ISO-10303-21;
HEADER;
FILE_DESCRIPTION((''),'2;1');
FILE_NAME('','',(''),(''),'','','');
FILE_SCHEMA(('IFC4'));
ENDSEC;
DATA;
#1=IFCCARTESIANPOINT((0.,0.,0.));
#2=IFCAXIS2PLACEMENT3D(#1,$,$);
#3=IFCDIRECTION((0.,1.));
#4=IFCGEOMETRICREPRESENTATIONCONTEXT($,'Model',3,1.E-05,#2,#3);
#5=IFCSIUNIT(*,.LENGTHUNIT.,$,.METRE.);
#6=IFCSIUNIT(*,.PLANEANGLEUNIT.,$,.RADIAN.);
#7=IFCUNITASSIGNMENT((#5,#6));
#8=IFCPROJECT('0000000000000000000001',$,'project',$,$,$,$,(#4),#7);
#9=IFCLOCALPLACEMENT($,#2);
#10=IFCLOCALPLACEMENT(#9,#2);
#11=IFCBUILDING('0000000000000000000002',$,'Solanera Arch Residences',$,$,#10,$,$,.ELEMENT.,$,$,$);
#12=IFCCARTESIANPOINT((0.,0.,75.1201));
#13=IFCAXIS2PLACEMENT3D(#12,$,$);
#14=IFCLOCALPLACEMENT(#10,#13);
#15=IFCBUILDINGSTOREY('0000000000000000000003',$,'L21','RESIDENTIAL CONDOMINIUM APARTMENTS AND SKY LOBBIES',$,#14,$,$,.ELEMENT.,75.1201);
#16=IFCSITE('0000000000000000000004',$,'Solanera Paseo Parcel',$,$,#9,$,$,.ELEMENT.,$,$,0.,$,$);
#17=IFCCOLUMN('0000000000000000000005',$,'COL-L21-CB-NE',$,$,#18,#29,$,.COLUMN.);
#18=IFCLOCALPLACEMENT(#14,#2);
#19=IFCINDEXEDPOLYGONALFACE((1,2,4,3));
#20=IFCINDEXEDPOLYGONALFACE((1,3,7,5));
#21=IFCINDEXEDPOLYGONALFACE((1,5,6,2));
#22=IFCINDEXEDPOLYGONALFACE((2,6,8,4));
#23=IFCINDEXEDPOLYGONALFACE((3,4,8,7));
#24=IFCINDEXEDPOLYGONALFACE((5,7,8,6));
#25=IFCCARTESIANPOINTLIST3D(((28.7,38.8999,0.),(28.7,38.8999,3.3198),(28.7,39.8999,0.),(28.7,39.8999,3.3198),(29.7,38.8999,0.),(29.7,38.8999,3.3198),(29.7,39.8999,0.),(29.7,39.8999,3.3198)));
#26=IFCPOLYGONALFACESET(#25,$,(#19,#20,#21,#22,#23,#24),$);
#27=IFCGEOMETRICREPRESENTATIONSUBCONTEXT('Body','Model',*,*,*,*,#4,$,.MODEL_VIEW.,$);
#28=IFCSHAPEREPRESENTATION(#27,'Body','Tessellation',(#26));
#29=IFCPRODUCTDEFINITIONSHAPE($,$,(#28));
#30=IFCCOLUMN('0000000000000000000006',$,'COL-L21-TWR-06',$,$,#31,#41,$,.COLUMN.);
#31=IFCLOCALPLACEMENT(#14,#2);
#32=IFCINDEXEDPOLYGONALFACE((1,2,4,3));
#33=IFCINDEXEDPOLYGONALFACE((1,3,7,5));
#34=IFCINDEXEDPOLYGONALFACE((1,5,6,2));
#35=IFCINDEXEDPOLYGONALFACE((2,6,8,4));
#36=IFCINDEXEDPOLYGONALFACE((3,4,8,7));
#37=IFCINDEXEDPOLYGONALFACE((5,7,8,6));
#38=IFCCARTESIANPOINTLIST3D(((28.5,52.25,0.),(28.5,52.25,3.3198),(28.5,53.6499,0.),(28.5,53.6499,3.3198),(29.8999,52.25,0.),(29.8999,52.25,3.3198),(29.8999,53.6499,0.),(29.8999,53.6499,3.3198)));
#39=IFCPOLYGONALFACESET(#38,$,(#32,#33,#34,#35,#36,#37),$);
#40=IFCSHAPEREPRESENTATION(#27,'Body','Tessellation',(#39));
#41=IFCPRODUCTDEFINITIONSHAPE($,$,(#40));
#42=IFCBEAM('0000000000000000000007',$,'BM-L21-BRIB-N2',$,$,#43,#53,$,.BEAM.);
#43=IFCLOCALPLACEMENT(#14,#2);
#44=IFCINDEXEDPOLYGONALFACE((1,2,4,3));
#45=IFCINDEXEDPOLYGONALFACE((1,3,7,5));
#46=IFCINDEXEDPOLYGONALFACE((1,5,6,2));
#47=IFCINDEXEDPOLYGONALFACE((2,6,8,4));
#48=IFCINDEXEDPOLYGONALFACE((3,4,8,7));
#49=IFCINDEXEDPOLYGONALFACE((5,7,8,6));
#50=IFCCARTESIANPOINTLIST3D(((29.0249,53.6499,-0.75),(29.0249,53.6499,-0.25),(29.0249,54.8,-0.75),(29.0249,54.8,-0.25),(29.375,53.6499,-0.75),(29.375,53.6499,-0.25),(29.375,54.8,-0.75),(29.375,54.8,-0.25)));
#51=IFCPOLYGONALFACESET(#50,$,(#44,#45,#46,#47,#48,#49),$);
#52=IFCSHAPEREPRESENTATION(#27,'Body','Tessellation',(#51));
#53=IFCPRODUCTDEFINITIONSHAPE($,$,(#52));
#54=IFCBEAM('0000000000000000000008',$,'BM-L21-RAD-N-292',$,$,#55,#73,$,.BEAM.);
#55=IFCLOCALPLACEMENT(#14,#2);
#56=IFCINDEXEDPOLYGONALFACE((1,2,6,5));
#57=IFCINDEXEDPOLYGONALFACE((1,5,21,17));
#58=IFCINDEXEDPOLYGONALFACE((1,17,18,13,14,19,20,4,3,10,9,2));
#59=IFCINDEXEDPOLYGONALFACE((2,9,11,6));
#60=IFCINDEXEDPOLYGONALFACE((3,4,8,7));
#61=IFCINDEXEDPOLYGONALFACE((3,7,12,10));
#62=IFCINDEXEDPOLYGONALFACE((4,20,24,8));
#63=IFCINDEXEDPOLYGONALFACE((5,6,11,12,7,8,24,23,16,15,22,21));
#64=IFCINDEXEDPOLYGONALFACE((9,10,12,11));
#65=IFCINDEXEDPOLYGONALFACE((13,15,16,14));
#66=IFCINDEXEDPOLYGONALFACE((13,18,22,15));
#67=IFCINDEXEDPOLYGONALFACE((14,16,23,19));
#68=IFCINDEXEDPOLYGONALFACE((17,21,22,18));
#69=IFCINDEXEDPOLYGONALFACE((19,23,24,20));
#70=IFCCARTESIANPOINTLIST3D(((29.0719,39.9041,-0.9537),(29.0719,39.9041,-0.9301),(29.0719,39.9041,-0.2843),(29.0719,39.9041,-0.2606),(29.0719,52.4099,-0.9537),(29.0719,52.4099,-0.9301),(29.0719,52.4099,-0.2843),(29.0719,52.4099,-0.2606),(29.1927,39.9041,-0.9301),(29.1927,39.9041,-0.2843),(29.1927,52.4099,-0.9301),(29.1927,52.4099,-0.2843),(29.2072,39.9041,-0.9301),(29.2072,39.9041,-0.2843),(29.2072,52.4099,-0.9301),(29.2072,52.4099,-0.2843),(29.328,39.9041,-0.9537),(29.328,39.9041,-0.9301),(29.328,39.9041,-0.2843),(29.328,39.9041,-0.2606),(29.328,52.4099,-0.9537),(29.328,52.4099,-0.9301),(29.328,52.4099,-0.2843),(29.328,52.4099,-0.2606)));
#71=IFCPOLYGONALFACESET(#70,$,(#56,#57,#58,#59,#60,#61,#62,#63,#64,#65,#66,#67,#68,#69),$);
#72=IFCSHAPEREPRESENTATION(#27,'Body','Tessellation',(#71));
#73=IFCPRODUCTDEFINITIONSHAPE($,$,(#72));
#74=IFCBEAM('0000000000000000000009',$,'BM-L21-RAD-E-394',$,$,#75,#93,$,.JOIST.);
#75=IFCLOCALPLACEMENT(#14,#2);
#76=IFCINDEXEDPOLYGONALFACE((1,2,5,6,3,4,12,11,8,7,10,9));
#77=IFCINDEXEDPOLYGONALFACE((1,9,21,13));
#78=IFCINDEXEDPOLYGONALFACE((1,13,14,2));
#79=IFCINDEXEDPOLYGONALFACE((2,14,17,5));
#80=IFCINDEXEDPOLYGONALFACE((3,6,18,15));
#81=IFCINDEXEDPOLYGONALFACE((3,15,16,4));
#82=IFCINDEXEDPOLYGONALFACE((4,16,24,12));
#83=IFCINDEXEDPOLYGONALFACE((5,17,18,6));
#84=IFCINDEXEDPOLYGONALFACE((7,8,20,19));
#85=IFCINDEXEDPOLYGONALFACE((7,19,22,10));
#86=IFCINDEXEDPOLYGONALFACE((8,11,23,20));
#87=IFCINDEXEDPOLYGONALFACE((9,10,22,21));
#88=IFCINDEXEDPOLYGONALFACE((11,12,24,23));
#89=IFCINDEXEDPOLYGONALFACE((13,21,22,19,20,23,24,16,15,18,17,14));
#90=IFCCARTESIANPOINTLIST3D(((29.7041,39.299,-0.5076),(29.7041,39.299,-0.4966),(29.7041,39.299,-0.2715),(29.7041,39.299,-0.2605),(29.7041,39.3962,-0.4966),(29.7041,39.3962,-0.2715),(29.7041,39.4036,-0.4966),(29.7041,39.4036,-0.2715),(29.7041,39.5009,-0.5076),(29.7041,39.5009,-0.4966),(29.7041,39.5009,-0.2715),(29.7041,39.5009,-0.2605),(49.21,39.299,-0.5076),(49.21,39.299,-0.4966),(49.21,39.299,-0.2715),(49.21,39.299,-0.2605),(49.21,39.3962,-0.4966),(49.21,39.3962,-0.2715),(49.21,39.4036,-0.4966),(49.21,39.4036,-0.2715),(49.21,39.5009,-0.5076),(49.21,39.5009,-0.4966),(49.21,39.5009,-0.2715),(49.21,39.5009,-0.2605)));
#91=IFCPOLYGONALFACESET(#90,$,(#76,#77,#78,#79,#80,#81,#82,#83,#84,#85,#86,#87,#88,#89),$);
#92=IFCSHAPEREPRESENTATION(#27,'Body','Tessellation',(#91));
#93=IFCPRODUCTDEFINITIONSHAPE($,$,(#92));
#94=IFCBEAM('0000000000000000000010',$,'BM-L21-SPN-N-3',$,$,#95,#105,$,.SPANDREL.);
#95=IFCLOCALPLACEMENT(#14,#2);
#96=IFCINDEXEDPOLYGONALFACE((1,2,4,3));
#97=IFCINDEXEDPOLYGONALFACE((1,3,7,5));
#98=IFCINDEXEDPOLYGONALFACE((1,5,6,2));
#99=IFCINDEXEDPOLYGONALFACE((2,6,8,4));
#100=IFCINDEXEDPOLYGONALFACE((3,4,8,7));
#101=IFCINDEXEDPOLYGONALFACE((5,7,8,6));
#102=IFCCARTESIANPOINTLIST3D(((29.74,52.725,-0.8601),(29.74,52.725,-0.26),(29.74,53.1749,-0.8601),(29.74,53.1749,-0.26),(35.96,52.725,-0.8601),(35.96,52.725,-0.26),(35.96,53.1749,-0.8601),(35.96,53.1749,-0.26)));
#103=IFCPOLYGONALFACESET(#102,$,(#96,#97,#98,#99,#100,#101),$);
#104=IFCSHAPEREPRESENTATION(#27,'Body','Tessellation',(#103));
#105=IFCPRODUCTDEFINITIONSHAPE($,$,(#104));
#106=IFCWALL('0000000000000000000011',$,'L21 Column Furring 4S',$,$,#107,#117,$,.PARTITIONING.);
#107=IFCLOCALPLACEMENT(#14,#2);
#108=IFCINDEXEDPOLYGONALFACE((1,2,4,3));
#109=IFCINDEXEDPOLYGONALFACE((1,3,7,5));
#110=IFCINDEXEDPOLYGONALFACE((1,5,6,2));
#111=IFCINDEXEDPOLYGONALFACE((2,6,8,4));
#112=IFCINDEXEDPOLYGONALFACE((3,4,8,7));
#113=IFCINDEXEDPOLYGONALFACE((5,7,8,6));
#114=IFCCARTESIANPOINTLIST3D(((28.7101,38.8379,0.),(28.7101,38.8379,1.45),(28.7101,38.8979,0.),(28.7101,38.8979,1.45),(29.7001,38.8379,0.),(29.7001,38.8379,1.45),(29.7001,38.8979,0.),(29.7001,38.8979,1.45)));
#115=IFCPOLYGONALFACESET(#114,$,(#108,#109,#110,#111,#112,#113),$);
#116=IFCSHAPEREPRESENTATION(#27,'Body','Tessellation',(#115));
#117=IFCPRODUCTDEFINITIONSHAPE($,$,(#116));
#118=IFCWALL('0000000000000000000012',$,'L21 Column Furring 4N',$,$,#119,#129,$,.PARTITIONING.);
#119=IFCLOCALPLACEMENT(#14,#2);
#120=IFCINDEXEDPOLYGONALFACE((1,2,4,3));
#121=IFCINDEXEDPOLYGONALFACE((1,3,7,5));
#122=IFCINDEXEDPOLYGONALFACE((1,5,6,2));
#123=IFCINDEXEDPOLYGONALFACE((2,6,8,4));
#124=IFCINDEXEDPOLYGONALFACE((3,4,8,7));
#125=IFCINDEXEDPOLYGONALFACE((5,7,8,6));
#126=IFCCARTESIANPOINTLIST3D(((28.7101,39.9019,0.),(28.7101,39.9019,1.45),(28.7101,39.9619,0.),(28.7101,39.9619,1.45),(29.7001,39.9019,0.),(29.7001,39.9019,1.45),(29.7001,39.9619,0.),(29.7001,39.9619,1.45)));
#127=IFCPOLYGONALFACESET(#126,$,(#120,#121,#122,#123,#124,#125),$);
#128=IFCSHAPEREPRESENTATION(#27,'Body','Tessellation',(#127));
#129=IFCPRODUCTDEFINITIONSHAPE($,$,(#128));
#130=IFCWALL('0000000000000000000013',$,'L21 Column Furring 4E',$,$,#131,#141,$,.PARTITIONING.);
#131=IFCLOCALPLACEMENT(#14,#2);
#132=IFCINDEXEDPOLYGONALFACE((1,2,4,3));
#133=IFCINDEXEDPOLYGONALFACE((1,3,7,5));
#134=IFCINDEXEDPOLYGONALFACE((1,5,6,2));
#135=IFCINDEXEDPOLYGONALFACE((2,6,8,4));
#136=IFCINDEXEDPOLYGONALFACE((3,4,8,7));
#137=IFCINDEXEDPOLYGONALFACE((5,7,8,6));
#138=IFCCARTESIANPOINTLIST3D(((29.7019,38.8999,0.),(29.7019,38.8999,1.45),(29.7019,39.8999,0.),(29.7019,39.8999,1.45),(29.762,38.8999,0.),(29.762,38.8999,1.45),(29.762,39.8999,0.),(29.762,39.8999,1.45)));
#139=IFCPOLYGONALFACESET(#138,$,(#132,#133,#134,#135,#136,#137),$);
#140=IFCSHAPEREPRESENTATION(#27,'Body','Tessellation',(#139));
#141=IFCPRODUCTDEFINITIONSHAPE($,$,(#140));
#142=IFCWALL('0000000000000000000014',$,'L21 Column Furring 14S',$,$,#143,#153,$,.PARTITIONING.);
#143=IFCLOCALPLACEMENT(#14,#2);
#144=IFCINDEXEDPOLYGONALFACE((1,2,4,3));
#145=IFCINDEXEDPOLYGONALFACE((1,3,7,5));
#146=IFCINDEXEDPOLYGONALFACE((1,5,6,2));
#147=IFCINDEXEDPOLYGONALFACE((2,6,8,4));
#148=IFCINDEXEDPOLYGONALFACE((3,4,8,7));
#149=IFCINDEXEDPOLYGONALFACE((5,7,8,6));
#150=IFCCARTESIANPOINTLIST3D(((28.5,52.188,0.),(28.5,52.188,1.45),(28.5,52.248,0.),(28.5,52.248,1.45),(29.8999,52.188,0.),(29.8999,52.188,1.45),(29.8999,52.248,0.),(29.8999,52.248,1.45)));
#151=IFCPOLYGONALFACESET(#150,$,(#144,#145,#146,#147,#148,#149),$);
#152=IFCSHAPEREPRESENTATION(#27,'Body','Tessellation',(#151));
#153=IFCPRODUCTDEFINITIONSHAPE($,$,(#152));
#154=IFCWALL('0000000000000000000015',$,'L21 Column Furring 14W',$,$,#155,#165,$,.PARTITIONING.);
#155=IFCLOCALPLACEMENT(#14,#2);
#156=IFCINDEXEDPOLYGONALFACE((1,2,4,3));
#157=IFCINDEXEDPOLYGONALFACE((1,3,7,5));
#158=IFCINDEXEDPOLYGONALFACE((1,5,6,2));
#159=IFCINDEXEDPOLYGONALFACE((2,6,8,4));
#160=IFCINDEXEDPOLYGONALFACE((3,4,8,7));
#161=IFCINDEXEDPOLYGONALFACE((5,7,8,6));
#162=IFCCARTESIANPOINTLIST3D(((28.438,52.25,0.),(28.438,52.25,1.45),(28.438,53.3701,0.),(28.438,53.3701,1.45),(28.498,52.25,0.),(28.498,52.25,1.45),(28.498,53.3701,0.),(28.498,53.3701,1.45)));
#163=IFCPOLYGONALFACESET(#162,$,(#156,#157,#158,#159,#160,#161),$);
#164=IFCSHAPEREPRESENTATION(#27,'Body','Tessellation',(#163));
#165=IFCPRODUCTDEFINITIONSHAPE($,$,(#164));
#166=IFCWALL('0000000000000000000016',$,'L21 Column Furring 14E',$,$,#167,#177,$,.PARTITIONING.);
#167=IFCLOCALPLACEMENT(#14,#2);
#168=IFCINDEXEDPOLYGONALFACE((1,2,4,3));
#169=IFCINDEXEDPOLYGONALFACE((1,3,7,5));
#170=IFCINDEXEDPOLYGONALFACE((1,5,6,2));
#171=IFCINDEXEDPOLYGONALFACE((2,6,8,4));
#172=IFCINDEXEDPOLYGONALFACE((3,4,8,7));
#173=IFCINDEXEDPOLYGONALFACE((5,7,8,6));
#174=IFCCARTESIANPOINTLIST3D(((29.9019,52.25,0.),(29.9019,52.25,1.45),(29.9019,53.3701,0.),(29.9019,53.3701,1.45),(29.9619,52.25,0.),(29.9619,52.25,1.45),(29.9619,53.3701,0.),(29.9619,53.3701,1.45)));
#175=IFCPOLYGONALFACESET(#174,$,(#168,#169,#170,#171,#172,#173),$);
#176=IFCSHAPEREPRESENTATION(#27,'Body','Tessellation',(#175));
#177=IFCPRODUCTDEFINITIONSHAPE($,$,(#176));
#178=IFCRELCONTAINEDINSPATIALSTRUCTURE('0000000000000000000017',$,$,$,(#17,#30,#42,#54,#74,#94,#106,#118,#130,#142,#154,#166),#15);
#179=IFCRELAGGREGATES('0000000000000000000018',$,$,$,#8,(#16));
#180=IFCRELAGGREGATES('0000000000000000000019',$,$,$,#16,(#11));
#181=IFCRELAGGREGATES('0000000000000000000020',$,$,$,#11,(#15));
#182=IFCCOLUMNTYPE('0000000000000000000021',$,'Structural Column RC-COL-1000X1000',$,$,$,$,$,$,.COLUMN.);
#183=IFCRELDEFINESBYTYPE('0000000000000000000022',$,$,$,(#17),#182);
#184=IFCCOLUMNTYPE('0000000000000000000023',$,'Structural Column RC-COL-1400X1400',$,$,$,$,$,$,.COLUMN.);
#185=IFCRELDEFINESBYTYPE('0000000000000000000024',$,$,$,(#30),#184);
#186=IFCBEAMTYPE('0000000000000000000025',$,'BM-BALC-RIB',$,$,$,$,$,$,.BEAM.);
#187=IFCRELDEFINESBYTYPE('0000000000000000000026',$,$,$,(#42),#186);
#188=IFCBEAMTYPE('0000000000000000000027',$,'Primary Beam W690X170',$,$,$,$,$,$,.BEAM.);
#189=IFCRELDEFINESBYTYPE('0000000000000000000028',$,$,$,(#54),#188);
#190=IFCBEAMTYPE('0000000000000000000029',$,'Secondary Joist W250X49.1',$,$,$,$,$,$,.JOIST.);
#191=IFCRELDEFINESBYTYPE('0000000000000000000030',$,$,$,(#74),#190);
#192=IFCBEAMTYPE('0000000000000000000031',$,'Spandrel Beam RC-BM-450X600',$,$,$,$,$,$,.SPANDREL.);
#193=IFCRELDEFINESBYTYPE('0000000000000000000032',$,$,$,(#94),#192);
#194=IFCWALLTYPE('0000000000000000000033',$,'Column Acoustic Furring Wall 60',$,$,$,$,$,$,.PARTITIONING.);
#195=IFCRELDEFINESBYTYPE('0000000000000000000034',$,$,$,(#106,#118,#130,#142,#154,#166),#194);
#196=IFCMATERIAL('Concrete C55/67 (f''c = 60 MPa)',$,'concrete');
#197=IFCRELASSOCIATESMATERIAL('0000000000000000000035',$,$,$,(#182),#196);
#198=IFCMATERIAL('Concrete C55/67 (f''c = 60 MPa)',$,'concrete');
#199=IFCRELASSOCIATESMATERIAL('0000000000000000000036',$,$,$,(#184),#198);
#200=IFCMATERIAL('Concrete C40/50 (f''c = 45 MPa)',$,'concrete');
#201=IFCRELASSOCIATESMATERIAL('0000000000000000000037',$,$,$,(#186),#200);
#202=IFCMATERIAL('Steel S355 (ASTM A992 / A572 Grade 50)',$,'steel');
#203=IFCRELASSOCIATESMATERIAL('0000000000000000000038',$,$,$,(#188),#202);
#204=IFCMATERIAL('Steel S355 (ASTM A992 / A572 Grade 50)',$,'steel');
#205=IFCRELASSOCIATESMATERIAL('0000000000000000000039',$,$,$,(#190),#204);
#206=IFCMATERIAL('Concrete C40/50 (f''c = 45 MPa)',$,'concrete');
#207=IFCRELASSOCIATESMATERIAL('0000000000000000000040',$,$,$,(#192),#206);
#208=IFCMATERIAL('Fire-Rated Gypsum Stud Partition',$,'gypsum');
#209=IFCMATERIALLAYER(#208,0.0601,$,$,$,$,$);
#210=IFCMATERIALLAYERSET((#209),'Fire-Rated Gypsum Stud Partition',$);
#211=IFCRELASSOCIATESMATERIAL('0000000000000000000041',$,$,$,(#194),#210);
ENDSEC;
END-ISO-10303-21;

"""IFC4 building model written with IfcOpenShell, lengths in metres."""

from ifc_helpers import new_model, si_unit, direction, frame, frame_2d, origin, origin_2d, place, context, subcontext, project, spatial, rectangle, i_section, extrude, material, layer, layer_set, material_profile, profile_set, type_object, element, save


model = new_model("IFC4")

# Units and contexts
model_context = context("Model", 3, precision=1e-05, world=origin(), true_north=direction((0.0, 1.0)))
body_context = subcontext(model_context, "Body", "Model", "MODEL_VIEW")
ifc_project = project(units=[si_unit("LENGTHUNIT", "METRE"), si_unit("PLANEANGLEUNIT", "RADIAN")], contexts=[model_context])

# Site, building, storey
site_placement = place(None, origin())
site = spatial("IfcSite", under=ifc_project, at=site_placement, Name="Solanera Paseo Parcel", CompositionType="ELEMENT", RefElevation=0.0)
building_placement = place(site_placement, origin())
building = spatial("IfcBuilding", under=site, at=building_placement, Name="Solanera Arch Residences", CompositionType="ELEMENT")
storey_placement = place(building_placement, frame((0.0, 0.0, 75.1201)))
storey = spatial("IfcBuildingStorey", under=building, at=storey_placement, Name="L21", Description="RESIDENTIAL CONDOMINIUM APARTMENTS AND SKY LOBBIES", CompositionType="ELEMENT", Elevation=75.1201)

# Columns
ifc_material_1 = material(Name="Concrete C55/67 (f'c = 60 MPa)", Category="concrete")
ifc_material_profile_1 = material_profile(ifc_material_1, rectangle(XDim=1.0, YDim=1.0, at=origin_2d()))
ifc_profile_set_1 = profile_set([ifc_material_profile_1], Name="Concrete C55/67 (f'c = 60 MPa)")
column_type_1 = type_object("IfcColumnType", Name="Structural Column RC-COL-1000X1000", PredefinedType="COLUMN", material=ifc_profile_set_1)
column_1_placement = place(storey_placement, frame((29.2, 39.3999, 0.0), z_axis=(0.0, 0.0, 1.0), x_axis=(1.0, 0.0, 0.0)))
element("IfcColumn", 1, at=column_1_placement, inside=storey, type_object=column_type_1, Name="COL-L21-CB-NE", PredefinedType="COLUMN", context=body_context, shape_type="SweptSolid", body=[
    extrude(rectangle(XDim=1.0, YDim=1.0, at=origin_2d()), origin(), (0.0, 0.0, 1.0), 3.3198),
])
ifc_material_2 = material(Name="Concrete C55/67 (f'c = 60 MPa)", Category="concrete")
ifc_material_profile_2 = material_profile(ifc_material_2, rectangle(XDim=1.3999, YDim=1.3999, at=origin_2d()))
ifc_profile_set_2 = profile_set([ifc_material_profile_2], Name="Concrete C55/67 (f'c = 60 MPa)")
column_type_2 = type_object("IfcColumnType", Name="Structural Column RC-COL-1400X1400", PredefinedType="COLUMN", material=ifc_profile_set_2)
column_2_placement = place(storey_placement, frame((29.2, 52.95, 0.0), z_axis=(0.0, 0.0, 1.0), x_axis=(1.0, 0.0, 0.0)))
element("IfcColumn", 2, at=column_2_placement, inside=storey, type_object=column_type_2, Name="COL-L21-TWR-06", PredefinedType="COLUMN", context=body_context, shape_type="SweptSolid", body=[
    extrude(rectangle(XDim=1.3999, YDim=1.3999, at=origin_2d()), origin(), (0.0, 0.0, 1.0), 3.3198),
])

# Beams
ifc_material_3 = material(Name="Concrete C40/50 (f'c = 45 MPa)", Category="concrete")
ifc_material_profile_3 = material_profile(ifc_material_3, rectangle(XDim=0.3501, YDim=0.5, at=origin_2d()))
ifc_profile_set_3 = profile_set([ifc_material_profile_3], Name="Concrete C40/50 (f'c = 45 MPa)")
beam_type_1 = type_object("IfcBeamType", Name="BM-BALC-RIB", PredefinedType="BEAM", material=ifc_profile_set_3)
beam_1_placement = place(storey_placement, frame((29.2, 53.6499, -0.5), z_axis=(0.0, 1.0, 0.0), x_axis=(-1.0, 0.0, 0.0)))
element("IfcBeam", 3, at=beam_1_placement, inside=storey, type_object=beam_type_1, Name="BM-L21-BRIB-N2", PredefinedType="BEAM", context=body_context, shape_type="SweptSolid", body=[
    extrude(rectangle(XDim=0.3501, YDim=0.5, at=origin_2d()), origin(), (0.0, 0.0, 1.0), 1.1501),
])
ifc_material_4 = material(Name="Steel S355 (ASTM A992 / A572 Grade 50)", Category="steel")
ifc_material_profile_4 = material_profile(ifc_material_4, i_section(OverallWidth=0.2561, OverallDepth=0.6931, WebThickness=0.0144, FlangeThickness=0.0237, at=origin_2d()))
ifc_profile_set_4 = profile_set([ifc_material_profile_4], Name="Steel S355 (ASTM A992 / A572 Grade 50)")
beam_type_2 = type_object("IfcBeamType", Name="Primary Beam W690X170", PredefinedType="BEAM", material=ifc_profile_set_4)
beam_2_placement = place(storey_placement, frame((29.2, 39.9041, -0.6072), z_axis=(0.0, 1.0, 0.0), x_axis=(-1.0, 0.0, 0.0)))
element("IfcBeam", 4, at=beam_2_placement, inside=storey, type_object=beam_type_2, Name="BM-L21-RAD-N-292", PredefinedType="BEAM", context=body_context, shape_type="SweptSolid", body=[
    extrude(i_section(OverallWidth=0.2561, OverallDepth=0.6931, WebThickness=0.0144, FlangeThickness=0.0237, at=origin_2d()), origin(), (0.0, 0.0, 1.0), 12.5059),
])
ifc_material_5 = material(Name="Steel S355 (ASTM A992 / A572 Grade 50)", Category="steel")
ifc_material_profile_5 = material_profile(ifc_material_5, i_section(OverallWidth=0.2019, OverallDepth=0.2471, WebThickness=0.0073, FlangeThickness=0.011, at=origin_2d()))
ifc_profile_set_5 = profile_set([ifc_material_profile_5], Name="Steel S355 (ASTM A992 / A572 Grade 50)")
beam_type_3 = type_object("IfcBeamType", Name="Secondary Joist W250X49.1", PredefinedType="JOIST", material=ifc_profile_set_5)
beam_3_placement = place(storey_placement, frame((29.7041, 39.3999, -0.384), z_axis=(1.0, 0.0, 0.0), x_axis=(0.0, 1.0, 0.0)))
element("IfcBeam", 5, at=beam_3_placement, inside=storey, type_object=beam_type_3, Name="BM-L21-RAD-E-394", PredefinedType="JOIST", context=body_context, shape_type="SweptSolid", body=[
    extrude(i_section(OverallWidth=0.2019, OverallDepth=0.2471, WebThickness=0.0073, FlangeThickness=0.011, at=origin_2d()), origin(), (0.0, 0.0, 1.0), 19.5059),
])
ifc_material_6 = material(Name="Concrete C40/50 (f'c = 45 MPa)", Category="concrete")
ifc_material_profile_6 = material_profile(ifc_material_6, rectangle(XDim=0.45, YDim=0.6001, at=origin_2d()))
ifc_profile_set_6 = profile_set([ifc_material_profile_6], Name="Concrete C40/50 (f'c = 45 MPa)")
beam_type_4 = type_object("IfcBeamType", Name="Spandrel Beam RC-BM-450X600", PredefinedType="SPANDREL", material=ifc_profile_set_6)
beam_4_placement = place(storey_placement, frame((29.74, 52.95, -0.5601), z_axis=(1.0, 0.0, 0.0), x_axis=(0.0, 1.0, 0.0)))
element("IfcBeam", 6, at=beam_4_placement, inside=storey, type_object=beam_type_4, Name="BM-L21-SPN-N-3", PredefinedType="SPANDREL", context=body_context, shape_type="SweptSolid", body=[
    extrude(rectangle(XDim=0.45, YDim=0.6001, at=origin_2d()), origin(), (0.0, 0.0, 1.0), 6.22),
])

# Walls
ifc_material_7 = material(Name="Fire-Rated Gypsum Stud Partition", Category="gypsum")
ifc_layer_1 = layer(ifc_material_7, 0.0601)
ifc_layer_set_1 = layer_set([ifc_layer_1], Name="Fire-Rated Gypsum Stud Partition")
wall_type_1 = type_object("IfcWallType", Name="Column Acoustic Furring Wall 60", PredefinedType="PARTITIONING", material=ifc_layer_set_1)
for number, where, z_axis, x_axis, name in (
    (7, (28.71, 38.8679, 0.0), (0.0, 0.0, 1.0), (1.0, 0.0, 0.0), "L21 Column Furring 4S"),
    (8, (28.71, 39.9319, 0.0), (0.0, 0.0, 1.0), (1.0, 0.0, 0.0), "L21 Column Furring 4N"),
):
    element("IfcWall", number, at=place(storey_placement, frame(where, z_axis=z_axis, x_axis=x_axis)), inside=storey, type_object=wall_type_1, Name=name, PredefinedType="PARTITIONING", context=body_context, shape_type="SweptSolid", body=[
        extrude(rectangle(XDim=0.99, YDim=0.0601, at=frame_2d((0.4951, 0.0))), origin(), (0.0, 0.0, 1.0), 1.45),
    ])
wall_1_placement = place(storey_placement, frame((29.7319, 38.8999, 0.0), z_axis=(0.0, 0.0, 1.0), x_axis=(0.0, 1.0, 0.0)))
element("IfcWall", 9, at=wall_1_placement, inside=storey, type_object=wall_type_1, Name="L21 Column Furring 4E", PredefinedType="PARTITIONING", context=body_context, shape_type="SweptSolid", body=[
    extrude(rectangle(XDim=1.0, YDim=0.0601, at=frame_2d((0.5, 0.0))), origin(), (0.0, 0.0, 1.0), 1.45),
])
wall_2_placement = place(storey_placement, frame((28.5, 52.218, 0.0), z_axis=(0.0, 0.0, 1.0), x_axis=(1.0, 0.0, 0.0)))
element("IfcWall", 10, at=wall_2_placement, inside=storey, type_object=wall_type_1, Name="L21 Column Furring 14S", PredefinedType="PARTITIONING", context=body_context, shape_type="SweptSolid", body=[
    extrude(rectangle(XDim=1.3999, YDim=0.0601, at=frame_2d((0.7, 0.0))), origin(), (0.0, 0.0, 1.0), 1.45),
])
for number, where, z_axis, x_axis, name in (
    (11, (28.468, 52.25, 0.0), (0.0, 0.0, 1.0), (0.0, 1.0, 0.0), "L21 Column Furring 14W"),
    (12, (29.9319, 52.25, 0.0), (0.0, 0.0, 1.0), (0.0, 1.0, 0.0), "L21 Column Furring 14E"),
):
    element("IfcWall", number, at=place(storey_placement, frame(where, z_axis=z_axis, x_axis=x_axis)), inside=storey, type_object=wall_type_1, Name=name, PredefinedType="PARTITIONING", context=body_context, shape_type="SweptSolid", body=[
        extrude(rectangle(XDim=1.1201, YDim=0.0601, at=frame_2d((0.5601, 0.0))), origin(), (0.0, 0.0, 1.0), 1.45),
    ])

save(model, "model.ifc")
